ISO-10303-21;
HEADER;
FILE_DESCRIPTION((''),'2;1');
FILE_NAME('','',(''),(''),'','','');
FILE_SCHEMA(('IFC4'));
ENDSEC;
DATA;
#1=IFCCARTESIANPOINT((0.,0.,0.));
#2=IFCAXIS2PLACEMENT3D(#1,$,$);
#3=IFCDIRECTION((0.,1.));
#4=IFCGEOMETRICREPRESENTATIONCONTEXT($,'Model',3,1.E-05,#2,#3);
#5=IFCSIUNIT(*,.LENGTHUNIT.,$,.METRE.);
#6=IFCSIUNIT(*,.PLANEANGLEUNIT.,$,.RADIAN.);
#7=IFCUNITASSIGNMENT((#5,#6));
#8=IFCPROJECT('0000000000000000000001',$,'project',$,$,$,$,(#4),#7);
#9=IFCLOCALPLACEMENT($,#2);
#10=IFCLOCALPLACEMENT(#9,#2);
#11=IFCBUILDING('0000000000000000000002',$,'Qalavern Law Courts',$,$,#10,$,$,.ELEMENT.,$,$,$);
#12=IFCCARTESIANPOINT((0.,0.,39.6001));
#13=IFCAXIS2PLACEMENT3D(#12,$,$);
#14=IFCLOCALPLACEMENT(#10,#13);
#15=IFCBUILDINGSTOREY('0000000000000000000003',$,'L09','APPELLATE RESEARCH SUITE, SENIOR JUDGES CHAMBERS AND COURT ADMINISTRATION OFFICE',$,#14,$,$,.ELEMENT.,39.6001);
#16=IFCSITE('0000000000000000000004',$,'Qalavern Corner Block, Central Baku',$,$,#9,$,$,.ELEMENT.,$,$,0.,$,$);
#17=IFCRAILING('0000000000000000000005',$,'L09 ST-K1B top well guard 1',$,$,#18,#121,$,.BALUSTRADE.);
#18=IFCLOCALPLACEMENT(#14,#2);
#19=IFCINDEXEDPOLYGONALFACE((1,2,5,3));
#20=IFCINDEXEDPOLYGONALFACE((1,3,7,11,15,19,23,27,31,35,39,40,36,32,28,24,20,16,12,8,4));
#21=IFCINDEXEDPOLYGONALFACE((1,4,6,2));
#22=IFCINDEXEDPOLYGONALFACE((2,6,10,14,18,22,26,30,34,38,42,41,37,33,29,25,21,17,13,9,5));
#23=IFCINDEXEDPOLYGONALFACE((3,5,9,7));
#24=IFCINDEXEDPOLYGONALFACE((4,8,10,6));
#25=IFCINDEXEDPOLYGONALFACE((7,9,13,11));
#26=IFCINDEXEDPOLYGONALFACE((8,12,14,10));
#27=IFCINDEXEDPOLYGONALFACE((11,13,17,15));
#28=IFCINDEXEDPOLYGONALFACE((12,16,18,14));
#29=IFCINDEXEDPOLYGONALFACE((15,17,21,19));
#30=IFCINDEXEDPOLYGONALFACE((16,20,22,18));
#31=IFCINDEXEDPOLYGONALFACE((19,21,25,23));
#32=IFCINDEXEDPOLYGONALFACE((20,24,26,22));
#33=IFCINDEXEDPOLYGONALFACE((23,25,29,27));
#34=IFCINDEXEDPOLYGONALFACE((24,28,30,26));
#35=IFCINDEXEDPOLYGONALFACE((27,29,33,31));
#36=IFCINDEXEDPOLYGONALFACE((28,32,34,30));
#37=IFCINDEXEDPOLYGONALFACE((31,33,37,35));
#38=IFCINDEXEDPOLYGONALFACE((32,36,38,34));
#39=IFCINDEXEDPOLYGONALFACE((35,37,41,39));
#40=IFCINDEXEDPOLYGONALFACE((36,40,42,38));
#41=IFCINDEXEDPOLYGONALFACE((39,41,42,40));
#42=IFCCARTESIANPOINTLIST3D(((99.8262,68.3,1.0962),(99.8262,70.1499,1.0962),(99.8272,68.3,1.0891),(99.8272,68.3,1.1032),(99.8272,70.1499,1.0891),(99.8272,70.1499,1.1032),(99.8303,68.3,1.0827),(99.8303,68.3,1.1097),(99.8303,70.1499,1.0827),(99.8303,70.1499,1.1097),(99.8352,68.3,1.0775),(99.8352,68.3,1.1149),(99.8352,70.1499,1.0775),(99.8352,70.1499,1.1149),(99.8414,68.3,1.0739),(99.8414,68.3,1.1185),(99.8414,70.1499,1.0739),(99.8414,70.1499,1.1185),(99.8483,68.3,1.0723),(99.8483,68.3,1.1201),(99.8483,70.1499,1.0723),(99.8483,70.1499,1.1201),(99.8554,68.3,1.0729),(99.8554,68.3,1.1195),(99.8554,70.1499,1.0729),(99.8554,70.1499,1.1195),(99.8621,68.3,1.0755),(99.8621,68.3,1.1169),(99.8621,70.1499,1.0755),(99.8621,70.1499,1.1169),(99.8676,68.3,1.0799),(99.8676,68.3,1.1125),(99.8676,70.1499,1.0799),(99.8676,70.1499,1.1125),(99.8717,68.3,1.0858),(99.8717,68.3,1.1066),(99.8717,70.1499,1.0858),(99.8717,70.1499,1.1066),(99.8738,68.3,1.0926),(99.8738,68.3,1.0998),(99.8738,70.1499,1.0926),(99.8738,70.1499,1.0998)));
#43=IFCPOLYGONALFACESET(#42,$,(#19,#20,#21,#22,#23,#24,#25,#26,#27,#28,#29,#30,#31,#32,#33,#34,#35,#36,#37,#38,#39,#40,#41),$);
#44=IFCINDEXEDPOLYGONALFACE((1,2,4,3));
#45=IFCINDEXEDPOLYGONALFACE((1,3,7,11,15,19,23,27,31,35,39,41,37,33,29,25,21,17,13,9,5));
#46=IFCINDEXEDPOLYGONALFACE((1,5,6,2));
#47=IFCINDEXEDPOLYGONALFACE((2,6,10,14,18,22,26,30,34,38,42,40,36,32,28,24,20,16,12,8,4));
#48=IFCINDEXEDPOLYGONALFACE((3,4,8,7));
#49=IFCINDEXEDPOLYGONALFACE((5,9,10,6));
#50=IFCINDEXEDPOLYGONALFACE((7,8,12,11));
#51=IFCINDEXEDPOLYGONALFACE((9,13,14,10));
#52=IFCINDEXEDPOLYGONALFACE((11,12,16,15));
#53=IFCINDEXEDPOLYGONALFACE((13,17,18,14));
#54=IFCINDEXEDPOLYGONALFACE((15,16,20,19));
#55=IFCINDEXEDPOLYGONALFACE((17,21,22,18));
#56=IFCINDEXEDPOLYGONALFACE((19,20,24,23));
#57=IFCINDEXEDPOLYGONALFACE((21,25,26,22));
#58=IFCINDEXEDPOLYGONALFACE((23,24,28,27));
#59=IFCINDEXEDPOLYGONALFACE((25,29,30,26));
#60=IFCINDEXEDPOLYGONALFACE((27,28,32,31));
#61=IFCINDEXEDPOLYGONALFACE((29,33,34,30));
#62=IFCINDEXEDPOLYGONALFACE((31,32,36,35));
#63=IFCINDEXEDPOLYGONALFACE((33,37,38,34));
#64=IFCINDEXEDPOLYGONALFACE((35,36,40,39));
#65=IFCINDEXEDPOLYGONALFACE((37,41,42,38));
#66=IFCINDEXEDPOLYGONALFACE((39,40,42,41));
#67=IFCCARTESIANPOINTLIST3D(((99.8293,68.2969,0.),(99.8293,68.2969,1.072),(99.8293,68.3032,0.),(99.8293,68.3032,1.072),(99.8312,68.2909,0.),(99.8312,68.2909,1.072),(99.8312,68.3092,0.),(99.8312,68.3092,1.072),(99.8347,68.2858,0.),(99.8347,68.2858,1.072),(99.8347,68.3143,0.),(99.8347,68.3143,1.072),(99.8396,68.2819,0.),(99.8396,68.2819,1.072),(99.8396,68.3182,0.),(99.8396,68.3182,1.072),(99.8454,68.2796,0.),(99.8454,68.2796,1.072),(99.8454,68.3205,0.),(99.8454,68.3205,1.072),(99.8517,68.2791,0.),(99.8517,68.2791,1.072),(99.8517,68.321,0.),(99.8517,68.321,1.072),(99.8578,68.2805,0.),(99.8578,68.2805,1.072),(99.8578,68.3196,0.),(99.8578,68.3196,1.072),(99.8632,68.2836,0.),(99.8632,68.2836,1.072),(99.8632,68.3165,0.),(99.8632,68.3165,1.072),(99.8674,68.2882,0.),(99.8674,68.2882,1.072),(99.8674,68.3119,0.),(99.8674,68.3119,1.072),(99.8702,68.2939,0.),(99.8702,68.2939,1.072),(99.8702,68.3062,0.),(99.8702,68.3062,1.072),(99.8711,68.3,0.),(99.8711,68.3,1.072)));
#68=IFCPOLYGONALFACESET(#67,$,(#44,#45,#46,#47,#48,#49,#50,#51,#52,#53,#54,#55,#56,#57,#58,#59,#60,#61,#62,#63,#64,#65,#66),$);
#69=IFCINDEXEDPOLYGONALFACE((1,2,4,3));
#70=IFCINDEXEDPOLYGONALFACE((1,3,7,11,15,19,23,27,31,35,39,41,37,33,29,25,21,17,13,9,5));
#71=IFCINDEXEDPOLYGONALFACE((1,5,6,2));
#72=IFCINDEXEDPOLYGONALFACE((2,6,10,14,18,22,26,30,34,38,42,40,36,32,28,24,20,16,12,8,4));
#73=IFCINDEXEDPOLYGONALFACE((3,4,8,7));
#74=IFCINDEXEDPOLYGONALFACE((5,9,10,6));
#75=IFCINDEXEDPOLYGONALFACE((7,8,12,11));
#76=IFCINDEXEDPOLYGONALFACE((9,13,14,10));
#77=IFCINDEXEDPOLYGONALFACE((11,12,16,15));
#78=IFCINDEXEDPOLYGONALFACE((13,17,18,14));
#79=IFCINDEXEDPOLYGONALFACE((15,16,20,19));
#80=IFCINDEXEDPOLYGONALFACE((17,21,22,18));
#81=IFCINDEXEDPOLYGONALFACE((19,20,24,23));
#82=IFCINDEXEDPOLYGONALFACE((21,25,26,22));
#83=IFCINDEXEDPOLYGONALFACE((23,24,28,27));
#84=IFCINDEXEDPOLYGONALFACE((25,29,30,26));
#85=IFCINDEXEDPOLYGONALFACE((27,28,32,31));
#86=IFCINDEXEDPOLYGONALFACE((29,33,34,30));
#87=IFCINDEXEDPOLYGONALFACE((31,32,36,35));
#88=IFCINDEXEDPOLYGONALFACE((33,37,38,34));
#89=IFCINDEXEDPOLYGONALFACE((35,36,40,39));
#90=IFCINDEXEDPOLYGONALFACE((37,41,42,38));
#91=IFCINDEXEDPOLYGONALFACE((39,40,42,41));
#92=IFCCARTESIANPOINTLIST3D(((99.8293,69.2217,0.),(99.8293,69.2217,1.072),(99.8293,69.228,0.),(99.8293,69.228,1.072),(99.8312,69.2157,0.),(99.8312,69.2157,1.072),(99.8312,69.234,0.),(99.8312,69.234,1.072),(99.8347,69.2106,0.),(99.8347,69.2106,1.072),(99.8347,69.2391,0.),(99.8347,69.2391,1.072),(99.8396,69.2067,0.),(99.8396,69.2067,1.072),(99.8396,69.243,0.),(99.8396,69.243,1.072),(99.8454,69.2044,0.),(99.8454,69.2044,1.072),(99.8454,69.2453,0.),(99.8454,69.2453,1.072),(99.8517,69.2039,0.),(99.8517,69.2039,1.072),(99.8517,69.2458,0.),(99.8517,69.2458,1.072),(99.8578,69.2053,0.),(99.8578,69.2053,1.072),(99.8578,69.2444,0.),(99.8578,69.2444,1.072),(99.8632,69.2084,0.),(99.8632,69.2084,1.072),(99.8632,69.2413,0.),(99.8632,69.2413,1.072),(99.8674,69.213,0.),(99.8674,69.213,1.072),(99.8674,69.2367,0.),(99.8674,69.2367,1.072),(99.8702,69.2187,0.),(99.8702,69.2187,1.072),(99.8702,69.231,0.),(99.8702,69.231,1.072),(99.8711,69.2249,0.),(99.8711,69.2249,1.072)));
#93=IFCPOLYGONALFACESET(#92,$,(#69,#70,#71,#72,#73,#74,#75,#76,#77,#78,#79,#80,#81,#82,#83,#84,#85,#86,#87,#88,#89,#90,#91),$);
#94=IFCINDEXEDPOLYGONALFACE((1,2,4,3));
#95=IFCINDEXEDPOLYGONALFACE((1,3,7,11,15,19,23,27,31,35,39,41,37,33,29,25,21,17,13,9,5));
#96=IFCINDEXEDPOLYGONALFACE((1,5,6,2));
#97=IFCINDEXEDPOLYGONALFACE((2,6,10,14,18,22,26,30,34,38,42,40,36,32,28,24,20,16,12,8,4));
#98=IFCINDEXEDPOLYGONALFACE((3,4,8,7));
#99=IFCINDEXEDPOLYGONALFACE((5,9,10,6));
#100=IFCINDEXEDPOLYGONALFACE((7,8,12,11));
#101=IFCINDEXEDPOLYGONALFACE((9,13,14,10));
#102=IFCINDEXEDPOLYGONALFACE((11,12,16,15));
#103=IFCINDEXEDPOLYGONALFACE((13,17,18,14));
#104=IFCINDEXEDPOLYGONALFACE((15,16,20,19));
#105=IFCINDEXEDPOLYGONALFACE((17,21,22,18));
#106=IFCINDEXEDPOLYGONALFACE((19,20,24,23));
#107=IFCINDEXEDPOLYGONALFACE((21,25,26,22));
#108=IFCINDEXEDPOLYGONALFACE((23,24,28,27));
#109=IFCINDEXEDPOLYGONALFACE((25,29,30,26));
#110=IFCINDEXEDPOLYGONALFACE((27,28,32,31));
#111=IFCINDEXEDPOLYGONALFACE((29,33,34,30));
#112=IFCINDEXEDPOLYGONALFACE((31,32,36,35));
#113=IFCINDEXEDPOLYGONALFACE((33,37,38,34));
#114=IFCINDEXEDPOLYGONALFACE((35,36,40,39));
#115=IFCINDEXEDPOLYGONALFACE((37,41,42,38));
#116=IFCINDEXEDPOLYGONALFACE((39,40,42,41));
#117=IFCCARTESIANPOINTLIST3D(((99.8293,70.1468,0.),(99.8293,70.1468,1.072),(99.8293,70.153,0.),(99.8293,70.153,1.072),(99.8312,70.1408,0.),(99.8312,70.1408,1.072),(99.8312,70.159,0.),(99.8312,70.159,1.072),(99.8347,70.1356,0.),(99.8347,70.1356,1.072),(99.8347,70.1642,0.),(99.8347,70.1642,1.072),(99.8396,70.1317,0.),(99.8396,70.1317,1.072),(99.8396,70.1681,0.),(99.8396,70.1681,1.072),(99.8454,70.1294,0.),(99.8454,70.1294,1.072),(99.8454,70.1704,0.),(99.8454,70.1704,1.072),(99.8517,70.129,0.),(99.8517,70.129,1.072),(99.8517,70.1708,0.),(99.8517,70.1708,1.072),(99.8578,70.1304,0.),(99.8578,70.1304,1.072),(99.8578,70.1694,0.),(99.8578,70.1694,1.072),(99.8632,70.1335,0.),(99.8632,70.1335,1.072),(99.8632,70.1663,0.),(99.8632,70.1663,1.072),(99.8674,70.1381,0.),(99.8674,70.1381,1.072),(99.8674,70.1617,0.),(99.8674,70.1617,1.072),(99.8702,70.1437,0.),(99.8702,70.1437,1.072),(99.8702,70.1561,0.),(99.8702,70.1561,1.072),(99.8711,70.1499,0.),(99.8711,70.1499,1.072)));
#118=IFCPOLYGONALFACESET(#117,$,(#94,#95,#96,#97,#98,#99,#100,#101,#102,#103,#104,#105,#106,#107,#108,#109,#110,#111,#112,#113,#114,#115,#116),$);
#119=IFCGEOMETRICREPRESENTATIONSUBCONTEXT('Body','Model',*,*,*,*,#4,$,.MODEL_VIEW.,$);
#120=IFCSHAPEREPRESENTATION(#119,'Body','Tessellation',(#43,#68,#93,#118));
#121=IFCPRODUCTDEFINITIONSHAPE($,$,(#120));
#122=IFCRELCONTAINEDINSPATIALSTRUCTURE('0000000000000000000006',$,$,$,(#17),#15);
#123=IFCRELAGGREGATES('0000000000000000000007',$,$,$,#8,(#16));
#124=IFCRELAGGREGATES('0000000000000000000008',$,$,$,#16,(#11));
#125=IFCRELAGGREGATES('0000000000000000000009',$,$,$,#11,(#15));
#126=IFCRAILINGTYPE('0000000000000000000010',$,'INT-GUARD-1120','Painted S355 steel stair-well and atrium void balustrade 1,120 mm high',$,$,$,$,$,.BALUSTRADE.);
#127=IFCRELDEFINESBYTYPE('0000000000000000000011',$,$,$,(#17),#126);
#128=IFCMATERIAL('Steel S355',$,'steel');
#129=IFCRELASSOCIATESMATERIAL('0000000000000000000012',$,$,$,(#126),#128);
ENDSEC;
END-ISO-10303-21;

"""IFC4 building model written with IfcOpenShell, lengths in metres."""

from ifc_helpers import new_model, si_unit, direction, frame, origin, origin_2d, place, context, subcontext, project, spatial, circle, extrude, material, type_object, element, save


model = new_model("IFC4")

# Units and contexts
model_context = context("Model", 3, precision=1e-05, world=origin(), true_north=direction((0.0, 1.0)))
body_context = subcontext(model_context, "Body", "Model", "MODEL_VIEW")
ifc_project = project(units=[si_unit("LENGTHUNIT", "METRE"), si_unit("PLANEANGLEUNIT", "RADIAN")], contexts=[model_context])

# Site, building, storey
site_placement = place(None, origin())
site = spatial("IfcSite", under=ifc_project, at=site_placement, Name="Qalavern Corner Block, Central Baku", CompositionType="ELEMENT", RefElevation=0.0)
building_placement = place(site_placement, origin())
building = spatial("IfcBuilding", under=site, at=building_placement, Name="Qalavern Law Courts", CompositionType="ELEMENT")
storey_placement = place(building_placement, frame((0.0, 0.0, 39.6001)))
storey = spatial("IfcBuildingStorey", under=building, at=storey_placement, Name="L09", Description="APPELLATE RESEARCH SUITE, SENIOR JUDGES CHAMBERS AND COURT ADMINISTRATION OFFICE", CompositionType="ELEMENT", Elevation=39.6001)

# Shared definitions
ifc_material_1 = material(Name="Steel S355", Category="steel")

# Railing
railing_type = type_object("IfcRailingType", Name="INT-GUARD-1120", Description="Painted S355 steel stair-well and atrium void balustrade 1,120 mm high", PredefinedType="BALUSTRADE", material=ifc_material_1)
railing_placement = place(storey_placement, frame((99.8501, 68.3, 0.0)))
element("IfcRailing", 1, at=railing_placement, inside=storey, type_object=railing_type, Name="L09 ST-K1B top well guard 1", PredefinedType="BALUSTRADE", context=body_context, shape_type="SweptSolid", body=[
    extrude(circle(Radius=0.0239, at=origin_2d()), frame((0.0, 0.0, 1.0962), z_axis=(0.0, 1.0, 0.0), x_axis=(-1.0, 0.0, 0.0)), (0.0, 0.0, 1.0), 1.8499),
    extrude(circle(Radius=0.021, at=origin_2d()), origin(), (0.0, 0.0, 1.0), 1.072),
    extrude(circle(Radius=0.021, at=origin_2d()), frame((0.0, 0.9248, 0.0)), (0.0, 0.0, 1.0), 1.072),
    extrude(circle(Radius=0.021, at=origin_2d()), frame((0.0, 1.8499, 0.0)), (0.0, 0.0, 1.0), 1.072),
])

save(model, "model.ifc")
